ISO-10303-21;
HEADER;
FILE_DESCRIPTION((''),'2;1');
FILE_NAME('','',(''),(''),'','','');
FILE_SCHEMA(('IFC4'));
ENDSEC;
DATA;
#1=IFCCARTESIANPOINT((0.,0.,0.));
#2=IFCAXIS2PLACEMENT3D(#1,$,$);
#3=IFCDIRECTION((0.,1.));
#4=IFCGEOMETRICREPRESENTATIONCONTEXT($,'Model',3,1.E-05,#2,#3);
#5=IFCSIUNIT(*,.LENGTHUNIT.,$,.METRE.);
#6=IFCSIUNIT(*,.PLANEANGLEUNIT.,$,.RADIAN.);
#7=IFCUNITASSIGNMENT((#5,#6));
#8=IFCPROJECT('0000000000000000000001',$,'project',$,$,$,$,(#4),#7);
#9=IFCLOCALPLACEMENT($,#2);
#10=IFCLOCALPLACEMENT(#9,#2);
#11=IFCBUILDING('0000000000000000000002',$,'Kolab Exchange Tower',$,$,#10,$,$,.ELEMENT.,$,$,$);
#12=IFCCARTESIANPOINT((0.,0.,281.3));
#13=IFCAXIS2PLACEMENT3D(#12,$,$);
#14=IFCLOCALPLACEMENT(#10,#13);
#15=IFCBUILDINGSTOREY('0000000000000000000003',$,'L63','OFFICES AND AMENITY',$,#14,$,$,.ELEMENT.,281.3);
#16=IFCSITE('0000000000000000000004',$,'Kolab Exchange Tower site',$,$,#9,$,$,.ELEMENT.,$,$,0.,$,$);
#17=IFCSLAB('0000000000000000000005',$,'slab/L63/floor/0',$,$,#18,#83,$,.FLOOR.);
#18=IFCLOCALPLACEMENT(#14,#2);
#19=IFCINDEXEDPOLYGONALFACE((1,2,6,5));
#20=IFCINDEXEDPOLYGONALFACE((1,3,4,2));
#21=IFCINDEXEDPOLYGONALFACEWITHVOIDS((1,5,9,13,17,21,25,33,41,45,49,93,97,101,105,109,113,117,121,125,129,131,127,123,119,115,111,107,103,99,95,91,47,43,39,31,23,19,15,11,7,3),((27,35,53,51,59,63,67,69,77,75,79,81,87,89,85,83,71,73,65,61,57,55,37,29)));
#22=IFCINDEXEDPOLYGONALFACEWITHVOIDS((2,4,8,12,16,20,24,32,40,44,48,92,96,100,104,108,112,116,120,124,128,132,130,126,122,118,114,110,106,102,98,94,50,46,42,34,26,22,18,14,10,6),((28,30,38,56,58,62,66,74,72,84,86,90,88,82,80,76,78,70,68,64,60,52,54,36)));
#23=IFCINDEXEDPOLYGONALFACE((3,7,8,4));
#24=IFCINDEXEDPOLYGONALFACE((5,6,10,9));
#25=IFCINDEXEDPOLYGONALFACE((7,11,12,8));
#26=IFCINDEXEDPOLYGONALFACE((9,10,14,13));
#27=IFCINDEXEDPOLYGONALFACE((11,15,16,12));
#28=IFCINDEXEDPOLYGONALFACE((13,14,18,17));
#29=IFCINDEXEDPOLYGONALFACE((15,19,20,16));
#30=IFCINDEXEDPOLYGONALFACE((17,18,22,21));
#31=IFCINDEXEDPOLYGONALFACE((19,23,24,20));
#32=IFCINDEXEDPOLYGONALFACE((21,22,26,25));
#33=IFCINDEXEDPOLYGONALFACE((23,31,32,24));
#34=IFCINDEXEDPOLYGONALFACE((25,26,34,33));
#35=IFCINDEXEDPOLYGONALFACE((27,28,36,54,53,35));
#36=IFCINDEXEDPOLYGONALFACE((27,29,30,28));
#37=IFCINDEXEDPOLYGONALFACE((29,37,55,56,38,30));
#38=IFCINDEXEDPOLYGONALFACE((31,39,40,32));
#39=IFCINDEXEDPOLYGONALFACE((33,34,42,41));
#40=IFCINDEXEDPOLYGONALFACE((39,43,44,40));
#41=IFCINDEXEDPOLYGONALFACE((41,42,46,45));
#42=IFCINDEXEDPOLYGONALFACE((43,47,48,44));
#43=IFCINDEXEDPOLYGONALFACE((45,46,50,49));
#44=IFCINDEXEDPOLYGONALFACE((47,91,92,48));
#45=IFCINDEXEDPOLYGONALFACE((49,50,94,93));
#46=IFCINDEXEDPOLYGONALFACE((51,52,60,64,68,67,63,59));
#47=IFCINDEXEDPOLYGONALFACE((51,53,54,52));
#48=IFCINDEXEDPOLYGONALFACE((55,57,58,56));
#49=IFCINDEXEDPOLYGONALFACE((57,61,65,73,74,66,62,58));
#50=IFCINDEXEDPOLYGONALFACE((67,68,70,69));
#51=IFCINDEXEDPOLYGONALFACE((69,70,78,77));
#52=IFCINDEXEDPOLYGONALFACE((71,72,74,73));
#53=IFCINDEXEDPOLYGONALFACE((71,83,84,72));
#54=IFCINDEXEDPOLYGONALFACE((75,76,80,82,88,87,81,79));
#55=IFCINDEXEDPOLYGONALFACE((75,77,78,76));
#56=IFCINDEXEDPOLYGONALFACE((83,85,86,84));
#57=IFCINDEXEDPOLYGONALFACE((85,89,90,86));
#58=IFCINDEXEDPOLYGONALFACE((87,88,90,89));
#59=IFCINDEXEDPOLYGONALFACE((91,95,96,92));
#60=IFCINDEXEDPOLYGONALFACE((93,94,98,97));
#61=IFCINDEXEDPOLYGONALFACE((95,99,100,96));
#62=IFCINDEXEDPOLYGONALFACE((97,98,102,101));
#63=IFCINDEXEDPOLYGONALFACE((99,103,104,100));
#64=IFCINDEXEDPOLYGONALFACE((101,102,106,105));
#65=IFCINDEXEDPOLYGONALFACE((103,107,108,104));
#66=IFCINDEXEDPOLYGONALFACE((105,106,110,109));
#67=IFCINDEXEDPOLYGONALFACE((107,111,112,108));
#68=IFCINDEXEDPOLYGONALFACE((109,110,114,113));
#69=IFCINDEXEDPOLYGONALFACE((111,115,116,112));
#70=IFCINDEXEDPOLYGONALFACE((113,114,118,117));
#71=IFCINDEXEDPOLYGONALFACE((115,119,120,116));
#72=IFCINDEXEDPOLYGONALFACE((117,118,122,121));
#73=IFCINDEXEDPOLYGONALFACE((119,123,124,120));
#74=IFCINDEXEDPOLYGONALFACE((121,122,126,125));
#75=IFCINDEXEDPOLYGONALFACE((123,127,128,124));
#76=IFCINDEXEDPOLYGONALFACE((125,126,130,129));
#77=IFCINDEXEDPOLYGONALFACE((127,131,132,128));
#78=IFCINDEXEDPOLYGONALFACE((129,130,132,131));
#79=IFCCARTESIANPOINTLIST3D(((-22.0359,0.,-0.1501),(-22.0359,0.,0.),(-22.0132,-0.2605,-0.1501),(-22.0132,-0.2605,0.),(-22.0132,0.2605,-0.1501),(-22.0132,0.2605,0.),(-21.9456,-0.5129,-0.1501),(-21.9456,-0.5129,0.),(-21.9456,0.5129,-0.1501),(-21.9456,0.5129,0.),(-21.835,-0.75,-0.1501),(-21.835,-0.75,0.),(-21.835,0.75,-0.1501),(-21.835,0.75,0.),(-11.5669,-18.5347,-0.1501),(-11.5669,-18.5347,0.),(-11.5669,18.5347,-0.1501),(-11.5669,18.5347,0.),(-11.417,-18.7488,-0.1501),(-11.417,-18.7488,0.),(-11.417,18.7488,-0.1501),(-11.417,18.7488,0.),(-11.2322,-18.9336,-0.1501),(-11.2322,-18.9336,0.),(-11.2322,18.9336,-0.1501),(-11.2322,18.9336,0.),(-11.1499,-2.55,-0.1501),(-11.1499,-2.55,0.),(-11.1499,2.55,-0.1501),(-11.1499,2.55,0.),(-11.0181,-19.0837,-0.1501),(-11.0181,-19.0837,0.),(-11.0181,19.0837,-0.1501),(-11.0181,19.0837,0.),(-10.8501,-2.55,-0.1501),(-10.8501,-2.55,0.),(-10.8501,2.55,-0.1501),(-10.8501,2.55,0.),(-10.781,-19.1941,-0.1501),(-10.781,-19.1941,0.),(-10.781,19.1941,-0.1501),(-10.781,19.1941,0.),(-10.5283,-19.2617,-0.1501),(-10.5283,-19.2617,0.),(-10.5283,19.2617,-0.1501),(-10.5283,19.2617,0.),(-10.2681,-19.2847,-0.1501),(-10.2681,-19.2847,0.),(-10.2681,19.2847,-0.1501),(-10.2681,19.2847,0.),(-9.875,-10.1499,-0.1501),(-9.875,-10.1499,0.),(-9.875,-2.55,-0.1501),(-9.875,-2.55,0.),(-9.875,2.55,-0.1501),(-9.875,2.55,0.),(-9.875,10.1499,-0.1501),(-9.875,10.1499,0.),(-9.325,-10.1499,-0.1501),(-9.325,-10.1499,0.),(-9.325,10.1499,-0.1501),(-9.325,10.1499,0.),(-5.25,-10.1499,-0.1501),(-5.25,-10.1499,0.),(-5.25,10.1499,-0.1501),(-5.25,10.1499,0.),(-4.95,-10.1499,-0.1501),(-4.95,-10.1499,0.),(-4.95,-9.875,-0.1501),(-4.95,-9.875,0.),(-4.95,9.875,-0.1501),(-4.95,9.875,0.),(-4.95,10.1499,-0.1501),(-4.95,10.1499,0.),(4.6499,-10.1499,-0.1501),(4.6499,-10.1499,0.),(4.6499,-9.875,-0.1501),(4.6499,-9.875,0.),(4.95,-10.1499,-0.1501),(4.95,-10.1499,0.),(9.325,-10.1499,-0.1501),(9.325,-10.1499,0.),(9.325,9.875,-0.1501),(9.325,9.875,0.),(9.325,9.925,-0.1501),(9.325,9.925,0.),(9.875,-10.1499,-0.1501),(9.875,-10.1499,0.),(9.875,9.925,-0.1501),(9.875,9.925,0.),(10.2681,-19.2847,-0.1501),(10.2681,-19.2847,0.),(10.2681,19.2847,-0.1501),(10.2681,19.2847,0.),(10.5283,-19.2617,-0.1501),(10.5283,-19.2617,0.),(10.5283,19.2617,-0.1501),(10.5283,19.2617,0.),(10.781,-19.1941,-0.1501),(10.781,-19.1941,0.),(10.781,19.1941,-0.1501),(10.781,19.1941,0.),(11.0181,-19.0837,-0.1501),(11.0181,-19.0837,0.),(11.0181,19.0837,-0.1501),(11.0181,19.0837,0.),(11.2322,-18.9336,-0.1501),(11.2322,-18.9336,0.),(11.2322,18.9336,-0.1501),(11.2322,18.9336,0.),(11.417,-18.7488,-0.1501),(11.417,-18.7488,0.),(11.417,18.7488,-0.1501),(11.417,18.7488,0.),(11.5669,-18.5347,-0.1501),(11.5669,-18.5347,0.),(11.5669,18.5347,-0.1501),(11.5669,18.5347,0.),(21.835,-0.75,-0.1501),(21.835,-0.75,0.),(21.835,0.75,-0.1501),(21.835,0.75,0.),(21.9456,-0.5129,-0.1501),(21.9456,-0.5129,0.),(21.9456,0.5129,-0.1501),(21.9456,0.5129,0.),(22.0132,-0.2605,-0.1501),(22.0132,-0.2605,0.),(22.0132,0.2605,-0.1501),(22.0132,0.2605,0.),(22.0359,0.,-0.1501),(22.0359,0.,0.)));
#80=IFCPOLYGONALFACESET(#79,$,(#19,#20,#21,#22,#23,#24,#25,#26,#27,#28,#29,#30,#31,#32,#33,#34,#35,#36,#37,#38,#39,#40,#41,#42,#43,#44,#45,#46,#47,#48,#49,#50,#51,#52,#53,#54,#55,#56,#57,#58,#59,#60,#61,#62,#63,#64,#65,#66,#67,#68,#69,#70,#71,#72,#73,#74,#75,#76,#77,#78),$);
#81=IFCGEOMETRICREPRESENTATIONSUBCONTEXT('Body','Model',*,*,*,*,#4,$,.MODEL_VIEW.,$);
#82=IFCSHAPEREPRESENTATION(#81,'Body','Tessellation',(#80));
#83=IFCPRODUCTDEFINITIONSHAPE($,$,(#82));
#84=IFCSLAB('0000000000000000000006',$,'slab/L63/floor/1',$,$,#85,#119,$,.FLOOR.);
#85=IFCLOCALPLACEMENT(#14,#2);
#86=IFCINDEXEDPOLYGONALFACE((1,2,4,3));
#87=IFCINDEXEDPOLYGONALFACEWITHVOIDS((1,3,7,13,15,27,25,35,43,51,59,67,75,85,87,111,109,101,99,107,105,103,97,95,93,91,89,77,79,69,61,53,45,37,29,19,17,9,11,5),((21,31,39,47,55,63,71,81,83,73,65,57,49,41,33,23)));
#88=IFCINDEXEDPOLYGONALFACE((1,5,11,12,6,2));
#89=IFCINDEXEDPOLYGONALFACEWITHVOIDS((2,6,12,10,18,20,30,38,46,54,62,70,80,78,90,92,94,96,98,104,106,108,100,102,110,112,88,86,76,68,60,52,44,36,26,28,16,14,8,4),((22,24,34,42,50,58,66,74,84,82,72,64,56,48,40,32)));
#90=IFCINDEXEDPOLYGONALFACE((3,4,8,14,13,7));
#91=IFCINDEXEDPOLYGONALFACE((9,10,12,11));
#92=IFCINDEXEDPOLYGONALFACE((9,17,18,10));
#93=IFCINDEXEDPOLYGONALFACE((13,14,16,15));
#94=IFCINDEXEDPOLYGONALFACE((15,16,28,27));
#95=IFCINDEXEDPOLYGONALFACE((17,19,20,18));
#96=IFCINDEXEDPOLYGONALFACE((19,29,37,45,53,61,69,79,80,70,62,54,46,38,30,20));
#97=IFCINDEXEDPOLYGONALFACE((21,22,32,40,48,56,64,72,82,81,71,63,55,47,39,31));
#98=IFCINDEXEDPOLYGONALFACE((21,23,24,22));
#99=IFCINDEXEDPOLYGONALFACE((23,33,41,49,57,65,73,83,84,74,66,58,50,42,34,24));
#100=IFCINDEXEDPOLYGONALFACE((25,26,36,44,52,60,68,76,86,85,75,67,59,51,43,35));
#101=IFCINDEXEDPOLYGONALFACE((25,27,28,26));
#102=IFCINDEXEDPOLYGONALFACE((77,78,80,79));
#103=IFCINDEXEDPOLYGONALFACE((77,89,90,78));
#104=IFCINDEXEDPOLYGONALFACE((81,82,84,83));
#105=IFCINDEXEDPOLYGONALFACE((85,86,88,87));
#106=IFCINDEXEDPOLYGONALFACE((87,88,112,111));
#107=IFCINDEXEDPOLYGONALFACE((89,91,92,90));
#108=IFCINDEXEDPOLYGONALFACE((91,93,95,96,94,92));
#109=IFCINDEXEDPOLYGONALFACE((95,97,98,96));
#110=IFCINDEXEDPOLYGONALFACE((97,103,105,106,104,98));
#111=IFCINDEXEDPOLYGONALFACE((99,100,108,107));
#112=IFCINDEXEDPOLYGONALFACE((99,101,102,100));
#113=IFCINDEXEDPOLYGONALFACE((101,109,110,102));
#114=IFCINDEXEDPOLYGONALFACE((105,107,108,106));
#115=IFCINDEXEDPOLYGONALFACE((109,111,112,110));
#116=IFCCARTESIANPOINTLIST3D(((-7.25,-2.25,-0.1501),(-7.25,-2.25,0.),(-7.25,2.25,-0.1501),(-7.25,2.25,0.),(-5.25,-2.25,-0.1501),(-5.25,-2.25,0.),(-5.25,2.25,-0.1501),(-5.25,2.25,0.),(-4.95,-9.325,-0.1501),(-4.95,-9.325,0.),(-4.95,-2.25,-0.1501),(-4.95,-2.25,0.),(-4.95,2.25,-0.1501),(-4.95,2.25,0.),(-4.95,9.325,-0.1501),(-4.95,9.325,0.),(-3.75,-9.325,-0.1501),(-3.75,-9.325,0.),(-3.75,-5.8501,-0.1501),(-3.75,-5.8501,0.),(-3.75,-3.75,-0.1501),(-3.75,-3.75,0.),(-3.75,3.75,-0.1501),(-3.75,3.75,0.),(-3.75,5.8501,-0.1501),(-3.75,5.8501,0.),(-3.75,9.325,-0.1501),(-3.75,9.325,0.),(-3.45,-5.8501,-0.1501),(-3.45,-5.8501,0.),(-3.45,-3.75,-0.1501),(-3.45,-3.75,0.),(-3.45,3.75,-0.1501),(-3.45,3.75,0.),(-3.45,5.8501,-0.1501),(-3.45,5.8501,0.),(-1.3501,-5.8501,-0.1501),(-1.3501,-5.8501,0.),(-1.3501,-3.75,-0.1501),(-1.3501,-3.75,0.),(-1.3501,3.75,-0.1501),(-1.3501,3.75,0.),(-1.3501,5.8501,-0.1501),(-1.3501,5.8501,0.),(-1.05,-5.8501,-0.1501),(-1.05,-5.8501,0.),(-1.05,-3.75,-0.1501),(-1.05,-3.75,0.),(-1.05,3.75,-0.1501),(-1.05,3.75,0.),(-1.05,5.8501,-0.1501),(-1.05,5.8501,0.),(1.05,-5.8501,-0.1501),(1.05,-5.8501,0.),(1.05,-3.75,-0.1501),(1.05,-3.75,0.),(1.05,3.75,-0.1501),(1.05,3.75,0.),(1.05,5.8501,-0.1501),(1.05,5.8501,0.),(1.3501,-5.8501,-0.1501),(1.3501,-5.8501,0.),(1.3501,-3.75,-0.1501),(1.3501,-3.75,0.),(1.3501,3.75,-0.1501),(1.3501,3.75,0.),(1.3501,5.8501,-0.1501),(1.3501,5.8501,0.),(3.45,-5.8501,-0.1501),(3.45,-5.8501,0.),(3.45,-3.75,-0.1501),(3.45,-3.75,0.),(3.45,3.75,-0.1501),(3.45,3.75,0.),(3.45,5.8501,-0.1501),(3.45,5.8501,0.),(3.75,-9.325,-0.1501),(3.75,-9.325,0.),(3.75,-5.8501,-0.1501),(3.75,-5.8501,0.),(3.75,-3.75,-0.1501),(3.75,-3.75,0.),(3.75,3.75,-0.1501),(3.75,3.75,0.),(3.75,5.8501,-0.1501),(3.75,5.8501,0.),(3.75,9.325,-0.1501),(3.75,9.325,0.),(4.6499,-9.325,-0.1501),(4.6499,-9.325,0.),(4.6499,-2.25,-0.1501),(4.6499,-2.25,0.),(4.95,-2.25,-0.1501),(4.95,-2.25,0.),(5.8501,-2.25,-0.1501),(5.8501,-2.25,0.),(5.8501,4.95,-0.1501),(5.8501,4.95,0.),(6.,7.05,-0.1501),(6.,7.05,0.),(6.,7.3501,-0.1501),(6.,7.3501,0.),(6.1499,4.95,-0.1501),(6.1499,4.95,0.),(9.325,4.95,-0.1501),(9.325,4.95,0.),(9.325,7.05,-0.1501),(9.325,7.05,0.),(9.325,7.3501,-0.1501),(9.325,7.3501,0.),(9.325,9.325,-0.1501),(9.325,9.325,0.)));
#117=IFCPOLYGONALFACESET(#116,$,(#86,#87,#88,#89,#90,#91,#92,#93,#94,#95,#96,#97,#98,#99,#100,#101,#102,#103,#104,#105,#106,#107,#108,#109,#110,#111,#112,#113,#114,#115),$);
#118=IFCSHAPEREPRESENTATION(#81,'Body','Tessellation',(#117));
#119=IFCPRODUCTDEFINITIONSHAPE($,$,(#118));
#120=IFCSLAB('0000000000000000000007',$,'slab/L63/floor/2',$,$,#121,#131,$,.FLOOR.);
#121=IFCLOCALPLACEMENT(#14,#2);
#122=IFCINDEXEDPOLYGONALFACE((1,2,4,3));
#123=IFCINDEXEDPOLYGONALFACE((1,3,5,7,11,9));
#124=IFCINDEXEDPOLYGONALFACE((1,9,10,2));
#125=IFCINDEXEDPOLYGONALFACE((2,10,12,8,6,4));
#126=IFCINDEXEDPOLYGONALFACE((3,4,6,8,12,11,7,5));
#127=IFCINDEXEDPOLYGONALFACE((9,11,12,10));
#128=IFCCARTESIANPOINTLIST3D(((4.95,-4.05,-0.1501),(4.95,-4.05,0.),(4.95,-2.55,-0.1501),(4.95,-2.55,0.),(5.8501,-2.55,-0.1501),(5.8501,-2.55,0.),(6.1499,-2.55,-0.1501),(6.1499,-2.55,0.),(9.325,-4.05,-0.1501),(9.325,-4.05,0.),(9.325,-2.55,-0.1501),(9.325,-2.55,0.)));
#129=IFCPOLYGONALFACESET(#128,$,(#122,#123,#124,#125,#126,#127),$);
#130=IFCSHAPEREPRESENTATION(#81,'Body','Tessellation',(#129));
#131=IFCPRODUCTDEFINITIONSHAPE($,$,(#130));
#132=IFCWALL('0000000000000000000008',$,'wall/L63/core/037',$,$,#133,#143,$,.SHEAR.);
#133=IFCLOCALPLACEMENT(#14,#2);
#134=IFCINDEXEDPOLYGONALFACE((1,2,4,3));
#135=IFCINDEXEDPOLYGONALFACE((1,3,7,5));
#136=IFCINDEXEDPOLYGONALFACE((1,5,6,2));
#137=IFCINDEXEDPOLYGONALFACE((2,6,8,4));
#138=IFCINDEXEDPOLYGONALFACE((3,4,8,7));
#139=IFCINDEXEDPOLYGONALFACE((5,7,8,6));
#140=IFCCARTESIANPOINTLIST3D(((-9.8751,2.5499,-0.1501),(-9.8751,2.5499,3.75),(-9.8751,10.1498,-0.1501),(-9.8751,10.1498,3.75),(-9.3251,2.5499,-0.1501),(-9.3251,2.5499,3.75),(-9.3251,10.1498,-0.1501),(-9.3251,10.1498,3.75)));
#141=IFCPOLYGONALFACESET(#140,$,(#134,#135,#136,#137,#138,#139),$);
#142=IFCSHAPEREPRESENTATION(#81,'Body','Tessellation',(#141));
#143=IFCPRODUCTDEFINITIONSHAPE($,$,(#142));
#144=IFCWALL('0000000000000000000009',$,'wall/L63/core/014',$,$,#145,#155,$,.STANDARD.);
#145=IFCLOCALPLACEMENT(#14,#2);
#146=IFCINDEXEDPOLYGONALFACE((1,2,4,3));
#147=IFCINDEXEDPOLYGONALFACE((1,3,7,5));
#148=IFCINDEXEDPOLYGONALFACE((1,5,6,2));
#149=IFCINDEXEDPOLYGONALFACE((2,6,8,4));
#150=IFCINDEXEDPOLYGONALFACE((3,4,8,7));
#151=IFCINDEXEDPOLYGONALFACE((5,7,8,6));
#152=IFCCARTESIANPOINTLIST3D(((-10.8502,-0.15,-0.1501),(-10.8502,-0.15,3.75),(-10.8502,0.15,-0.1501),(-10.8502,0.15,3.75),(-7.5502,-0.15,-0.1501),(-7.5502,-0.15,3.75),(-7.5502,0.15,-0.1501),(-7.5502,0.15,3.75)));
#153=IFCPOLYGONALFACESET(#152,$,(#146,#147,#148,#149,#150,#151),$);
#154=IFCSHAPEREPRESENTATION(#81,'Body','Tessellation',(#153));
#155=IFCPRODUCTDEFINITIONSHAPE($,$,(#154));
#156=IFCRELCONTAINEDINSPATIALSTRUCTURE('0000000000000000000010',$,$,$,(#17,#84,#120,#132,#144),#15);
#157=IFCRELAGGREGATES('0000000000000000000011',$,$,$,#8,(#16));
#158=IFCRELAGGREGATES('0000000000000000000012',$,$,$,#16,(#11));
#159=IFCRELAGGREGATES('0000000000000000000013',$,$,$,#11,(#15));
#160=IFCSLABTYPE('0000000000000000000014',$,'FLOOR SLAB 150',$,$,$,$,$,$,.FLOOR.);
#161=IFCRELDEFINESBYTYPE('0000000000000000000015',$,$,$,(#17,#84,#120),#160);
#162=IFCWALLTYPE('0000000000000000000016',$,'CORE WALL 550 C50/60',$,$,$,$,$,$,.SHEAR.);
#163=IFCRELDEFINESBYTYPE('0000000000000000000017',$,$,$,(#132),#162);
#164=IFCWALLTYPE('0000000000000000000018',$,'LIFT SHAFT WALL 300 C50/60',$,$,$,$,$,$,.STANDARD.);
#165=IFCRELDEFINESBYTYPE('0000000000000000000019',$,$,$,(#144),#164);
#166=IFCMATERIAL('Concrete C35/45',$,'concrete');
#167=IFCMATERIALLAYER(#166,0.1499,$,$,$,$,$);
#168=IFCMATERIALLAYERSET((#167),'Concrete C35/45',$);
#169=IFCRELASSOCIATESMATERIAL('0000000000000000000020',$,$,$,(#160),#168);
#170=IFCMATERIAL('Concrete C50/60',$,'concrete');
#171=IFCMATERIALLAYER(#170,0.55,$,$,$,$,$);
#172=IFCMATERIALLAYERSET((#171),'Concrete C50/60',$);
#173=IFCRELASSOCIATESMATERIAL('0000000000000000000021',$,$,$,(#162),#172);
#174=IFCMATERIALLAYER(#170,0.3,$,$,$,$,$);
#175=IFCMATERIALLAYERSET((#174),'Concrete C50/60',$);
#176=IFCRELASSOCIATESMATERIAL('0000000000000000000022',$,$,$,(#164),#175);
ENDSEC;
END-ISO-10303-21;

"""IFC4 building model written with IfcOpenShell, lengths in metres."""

from ifc_helpers import new_model, si_unit, direction, frame, frame_2d, origin, place, context, subcontext, project, spatial, polyline, rectangle, outline, extrude, material, layer, layer_set, type_object, element, save


model = new_model("IFC4")

# Units and contexts
model_context = context("Model", 3, precision=1e-05, world=origin(), true_north=direction((0.0, 1.0)))
body_context = subcontext(model_context, "Body", "Model", "MODEL_VIEW")
ifc_project = project(units=[si_unit("LENGTHUNIT", "METRE"), si_unit("PLANEANGLEUNIT", "RADIAN")], contexts=[model_context])

# Site, building, storey
site_placement = place(None, origin())
site = spatial("IfcSite", under=ifc_project, at=site_placement, Name="Kolab Exchange Tower site", CompositionType="ELEMENT", RefElevation=0.0)
building_placement = place(site_placement, origin())
building = spatial("IfcBuilding", under=site, at=building_placement, Name="Kolab Exchange Tower", CompositionType="ELEMENT")
storey_placement = place(building_placement, frame((0.0, 0.0, 281.3)))
storey = spatial("IfcBuildingStorey", under=building, at=storey_placement, Name="L63", Description="OFFICES AND AMENITY", CompositionType="ELEMENT", Elevation=281.3)

# Slabs
ifc_material_1 = material(Name="Concrete C35/45", Category="concrete")
ifc_layer_1 = layer(ifc_material_1, 0.1499)
ifc_layer_set_1 = layer_set([ifc_layer_1], Name="Concrete C35/45")
slab_type = type_object("IfcSlabType", Name="FLOOR SLAB 150", PredefinedType="FLOOR", material=ifc_layer_set_1)
slab_1_placement = place(storey_placement, frame((0.0, 0.0, -0.1501)))
element("IfcSlab", 1, at=slab_1_placement, inside=storey, type_object=slab_type, Name="slab/L63/floor/0", PredefinedType="FLOOR", context=body_context, shape_type="SweptSolid", body=[
    extrude(outline(polyline([(11.5669, -18.5347), (21.835, -0.75), (21.9456, -0.5129), (22.0132, -0.2605), (22.0359, 0.0), (22.0132, 0.2605), (21.9456, 0.5129), (21.835, 0.75), (11.5669, 18.5347), (11.417, 18.7488), (11.2322, 18.9336), (11.0181, 19.0837), (10.781, 19.1941), (10.5283, 19.2617), (10.2681, 19.2847), (-10.2681, 19.2847), (-10.5283, 19.2617), (-10.781, 19.1941), (-11.0181, 19.0837), (-11.2322, 18.9336), (-11.417, 18.7488), (-11.5669, 18.5347), (-21.835, 0.75), (-21.9456, 0.5129), (-22.0132, 0.2605), (-22.0359, 0.0), (-22.0132, -0.2605), (-21.9456, -0.5129), (-21.835, -0.75), (-11.5669, -18.5347), (-11.417, -18.7488), (-11.2322, -18.9336), (-11.0181, -19.0837), (-10.781, -19.1941), (-10.5283, -19.2617), (-10.2681, -19.2847), (10.2681, -19.2847), (10.5283, -19.2617), (10.781, -19.1941), (11.0181, -19.0837), (11.2322, -18.9336), (11.417, -18.7488), (11.5669, -18.5347)]), holes=[polyline([(-9.325, -10.1499), (-9.875, -10.1499), (-9.875, -2.55), (-10.8501, -2.55), (-11.1499, -2.55), (-11.1499, 2.55), (-10.8501, 2.55), (-9.875, 2.55), (-9.875, 10.1499), (-9.325, 10.1499), (-5.25, 10.1499), (-4.95, 10.1499), (-4.95, 9.875), (9.325, 9.875), (9.325, 9.925), (9.875, 9.925), (9.875, -10.1499), (9.325, -10.1499), (4.95, -10.1499), (4.6499, -10.1499), (4.6499, -9.875), (-4.95, -9.875), (-4.95, -10.1499), (-5.25, -10.1499), (-9.325, -10.1499)])]), origin(), (0.0, 0.0, 1.0), 0.1501),
])
slab_2_placement = place(storey_placement, frame((0.0, 0.0, -0.1501)))
element("IfcSlab", 2, at=slab_2_placement, inside=storey, type_object=slab_type, Name="slab/L63/floor/1", PredefinedType="FLOOR", context=body_context, shape_type="SweptSolid", body=[
    extrude(outline(polyline([(-4.95, 9.325), (-4.95, 2.25), (-5.25, 2.25), (-7.25, 2.25), (-7.25, -2.25), (-5.25, -2.25), (-4.95, -2.25), (-4.95, -9.325), (-3.75, -9.325), (-3.75, -5.8501), (-3.45, -5.8501), (-1.3501, -5.8501), (-1.05, -5.8501), (1.05, -5.8501), (1.3501, -5.8501), (3.45, -5.8501), (3.75, -5.8501), (3.75, -9.325), (4.6499, -9.325), (4.6499, -2.25), (4.95, -2.25), (5.8501, -2.25), (5.8501, 4.95), (6.1499, 4.95), (9.325, 4.95), (9.325, 7.05), (6.0, 7.05), (6.0, 7.3501), (9.325, 7.3501), (9.325, 9.325), (3.75, 9.325), (3.75, 5.8501), (3.45, 5.8501), (1.3501, 5.8501), (1.05, 5.8501), (-1.05, 5.8501), (-1.3501, 5.8501), (-3.45, 5.8501), (-3.75, 5.8501), (-3.75, 9.325), (-4.95, 9.325)]), holes=[polyline([(-3.45, -3.75), (-3.75, -3.75), (-3.75, 3.75), (-3.45, 3.75), (-1.3501, 3.75), (-1.05, 3.75), (1.05, 3.75), (1.3501, 3.75), (3.45, 3.75), (3.75, 3.75), (3.75, -3.75), (3.45, -3.75), (1.3501, -3.75), (1.05, -3.75), (-1.05, -3.75), (-1.3501, -3.75), (-3.45, -3.75)])]), origin(), (0.0, 0.0, 1.0), 0.1501),
])
slab_3_placement = place(storey_placement, frame((0.0, 0.0, -0.1501)))
element("IfcSlab", 3, at=slab_3_placement, inside=storey, type_object=slab_type, Name="slab/L63/floor/2", PredefinedType="FLOOR", context=body_context, shape_type="SweptSolid", body=[
    extrude(outline(polyline([(4.95, -2.55), (4.95, -4.05), (9.325, -4.05), (9.325, -2.55), (6.1499, -2.55), (5.8501, -2.55), (4.95, -2.55)])), origin(), (0.0, 0.0, 1.0), 0.1501),
])

# Walls
ifc_material_2 = material(Name="Concrete C50/60", Category="concrete")
ifc_layer_2 = layer(ifc_material_2, 0.55)
ifc_layer_set_2 = layer_set([ifc_layer_2], Name="Concrete C50/60")
wall_type_1 = type_object("IfcWallType", Name="CORE WALL 550 C50/60", PredefinedType="SHEAR", material=ifc_layer_set_2)
wall_1_placement = place(storey_placement, frame((-9.6001, 2.55, -0.1501), z_axis=(0.0, 0.0, 1.0), x_axis=(0.0, 1.0, 0.0)))
element("IfcWall", 4, at=wall_1_placement, inside=storey, type_object=wall_type_1, Name="wall/L63/core/037", PredefinedType="SHEAR", context=body_context, shape_type="SweptSolid", body=[
    extrude(rectangle(XDim=7.5999, YDim=0.55, at=frame_2d((3.7998, 0.0))), origin(), (0.0, 0.0, 1.0), 3.9001),
])
ifc_layer_3 = layer(ifc_material_2, 0.3)
ifc_layer_set_3 = layer_set([ifc_layer_3], Name="Concrete C50/60")
wall_type_2 = type_object("IfcWallType", Name="LIFT SHAFT WALL 300 C50/60", PredefinedType="STANDARD", material=ifc_layer_set_3)
wall_2_placement = place(storey_placement, frame((-10.8501, 0.0, -0.1501), z_axis=(0.0, 0.0, 1.0), x_axis=(1.0, 0.0, 0.0)))
element("IfcWall", 5, at=wall_2_placement, inside=storey, type_object=wall_type_2, Name="wall/L63/core/014", PredefinedType="STANDARD", context=body_context, shape_type="SweptSolid", body=[
    extrude(rectangle(XDim=3.3, YDim=0.3, at=frame_2d((1.6499, 0.0))), origin(), (0.0, 0.0, 1.0), 3.9001),
])

save(model, "model.ifc")
